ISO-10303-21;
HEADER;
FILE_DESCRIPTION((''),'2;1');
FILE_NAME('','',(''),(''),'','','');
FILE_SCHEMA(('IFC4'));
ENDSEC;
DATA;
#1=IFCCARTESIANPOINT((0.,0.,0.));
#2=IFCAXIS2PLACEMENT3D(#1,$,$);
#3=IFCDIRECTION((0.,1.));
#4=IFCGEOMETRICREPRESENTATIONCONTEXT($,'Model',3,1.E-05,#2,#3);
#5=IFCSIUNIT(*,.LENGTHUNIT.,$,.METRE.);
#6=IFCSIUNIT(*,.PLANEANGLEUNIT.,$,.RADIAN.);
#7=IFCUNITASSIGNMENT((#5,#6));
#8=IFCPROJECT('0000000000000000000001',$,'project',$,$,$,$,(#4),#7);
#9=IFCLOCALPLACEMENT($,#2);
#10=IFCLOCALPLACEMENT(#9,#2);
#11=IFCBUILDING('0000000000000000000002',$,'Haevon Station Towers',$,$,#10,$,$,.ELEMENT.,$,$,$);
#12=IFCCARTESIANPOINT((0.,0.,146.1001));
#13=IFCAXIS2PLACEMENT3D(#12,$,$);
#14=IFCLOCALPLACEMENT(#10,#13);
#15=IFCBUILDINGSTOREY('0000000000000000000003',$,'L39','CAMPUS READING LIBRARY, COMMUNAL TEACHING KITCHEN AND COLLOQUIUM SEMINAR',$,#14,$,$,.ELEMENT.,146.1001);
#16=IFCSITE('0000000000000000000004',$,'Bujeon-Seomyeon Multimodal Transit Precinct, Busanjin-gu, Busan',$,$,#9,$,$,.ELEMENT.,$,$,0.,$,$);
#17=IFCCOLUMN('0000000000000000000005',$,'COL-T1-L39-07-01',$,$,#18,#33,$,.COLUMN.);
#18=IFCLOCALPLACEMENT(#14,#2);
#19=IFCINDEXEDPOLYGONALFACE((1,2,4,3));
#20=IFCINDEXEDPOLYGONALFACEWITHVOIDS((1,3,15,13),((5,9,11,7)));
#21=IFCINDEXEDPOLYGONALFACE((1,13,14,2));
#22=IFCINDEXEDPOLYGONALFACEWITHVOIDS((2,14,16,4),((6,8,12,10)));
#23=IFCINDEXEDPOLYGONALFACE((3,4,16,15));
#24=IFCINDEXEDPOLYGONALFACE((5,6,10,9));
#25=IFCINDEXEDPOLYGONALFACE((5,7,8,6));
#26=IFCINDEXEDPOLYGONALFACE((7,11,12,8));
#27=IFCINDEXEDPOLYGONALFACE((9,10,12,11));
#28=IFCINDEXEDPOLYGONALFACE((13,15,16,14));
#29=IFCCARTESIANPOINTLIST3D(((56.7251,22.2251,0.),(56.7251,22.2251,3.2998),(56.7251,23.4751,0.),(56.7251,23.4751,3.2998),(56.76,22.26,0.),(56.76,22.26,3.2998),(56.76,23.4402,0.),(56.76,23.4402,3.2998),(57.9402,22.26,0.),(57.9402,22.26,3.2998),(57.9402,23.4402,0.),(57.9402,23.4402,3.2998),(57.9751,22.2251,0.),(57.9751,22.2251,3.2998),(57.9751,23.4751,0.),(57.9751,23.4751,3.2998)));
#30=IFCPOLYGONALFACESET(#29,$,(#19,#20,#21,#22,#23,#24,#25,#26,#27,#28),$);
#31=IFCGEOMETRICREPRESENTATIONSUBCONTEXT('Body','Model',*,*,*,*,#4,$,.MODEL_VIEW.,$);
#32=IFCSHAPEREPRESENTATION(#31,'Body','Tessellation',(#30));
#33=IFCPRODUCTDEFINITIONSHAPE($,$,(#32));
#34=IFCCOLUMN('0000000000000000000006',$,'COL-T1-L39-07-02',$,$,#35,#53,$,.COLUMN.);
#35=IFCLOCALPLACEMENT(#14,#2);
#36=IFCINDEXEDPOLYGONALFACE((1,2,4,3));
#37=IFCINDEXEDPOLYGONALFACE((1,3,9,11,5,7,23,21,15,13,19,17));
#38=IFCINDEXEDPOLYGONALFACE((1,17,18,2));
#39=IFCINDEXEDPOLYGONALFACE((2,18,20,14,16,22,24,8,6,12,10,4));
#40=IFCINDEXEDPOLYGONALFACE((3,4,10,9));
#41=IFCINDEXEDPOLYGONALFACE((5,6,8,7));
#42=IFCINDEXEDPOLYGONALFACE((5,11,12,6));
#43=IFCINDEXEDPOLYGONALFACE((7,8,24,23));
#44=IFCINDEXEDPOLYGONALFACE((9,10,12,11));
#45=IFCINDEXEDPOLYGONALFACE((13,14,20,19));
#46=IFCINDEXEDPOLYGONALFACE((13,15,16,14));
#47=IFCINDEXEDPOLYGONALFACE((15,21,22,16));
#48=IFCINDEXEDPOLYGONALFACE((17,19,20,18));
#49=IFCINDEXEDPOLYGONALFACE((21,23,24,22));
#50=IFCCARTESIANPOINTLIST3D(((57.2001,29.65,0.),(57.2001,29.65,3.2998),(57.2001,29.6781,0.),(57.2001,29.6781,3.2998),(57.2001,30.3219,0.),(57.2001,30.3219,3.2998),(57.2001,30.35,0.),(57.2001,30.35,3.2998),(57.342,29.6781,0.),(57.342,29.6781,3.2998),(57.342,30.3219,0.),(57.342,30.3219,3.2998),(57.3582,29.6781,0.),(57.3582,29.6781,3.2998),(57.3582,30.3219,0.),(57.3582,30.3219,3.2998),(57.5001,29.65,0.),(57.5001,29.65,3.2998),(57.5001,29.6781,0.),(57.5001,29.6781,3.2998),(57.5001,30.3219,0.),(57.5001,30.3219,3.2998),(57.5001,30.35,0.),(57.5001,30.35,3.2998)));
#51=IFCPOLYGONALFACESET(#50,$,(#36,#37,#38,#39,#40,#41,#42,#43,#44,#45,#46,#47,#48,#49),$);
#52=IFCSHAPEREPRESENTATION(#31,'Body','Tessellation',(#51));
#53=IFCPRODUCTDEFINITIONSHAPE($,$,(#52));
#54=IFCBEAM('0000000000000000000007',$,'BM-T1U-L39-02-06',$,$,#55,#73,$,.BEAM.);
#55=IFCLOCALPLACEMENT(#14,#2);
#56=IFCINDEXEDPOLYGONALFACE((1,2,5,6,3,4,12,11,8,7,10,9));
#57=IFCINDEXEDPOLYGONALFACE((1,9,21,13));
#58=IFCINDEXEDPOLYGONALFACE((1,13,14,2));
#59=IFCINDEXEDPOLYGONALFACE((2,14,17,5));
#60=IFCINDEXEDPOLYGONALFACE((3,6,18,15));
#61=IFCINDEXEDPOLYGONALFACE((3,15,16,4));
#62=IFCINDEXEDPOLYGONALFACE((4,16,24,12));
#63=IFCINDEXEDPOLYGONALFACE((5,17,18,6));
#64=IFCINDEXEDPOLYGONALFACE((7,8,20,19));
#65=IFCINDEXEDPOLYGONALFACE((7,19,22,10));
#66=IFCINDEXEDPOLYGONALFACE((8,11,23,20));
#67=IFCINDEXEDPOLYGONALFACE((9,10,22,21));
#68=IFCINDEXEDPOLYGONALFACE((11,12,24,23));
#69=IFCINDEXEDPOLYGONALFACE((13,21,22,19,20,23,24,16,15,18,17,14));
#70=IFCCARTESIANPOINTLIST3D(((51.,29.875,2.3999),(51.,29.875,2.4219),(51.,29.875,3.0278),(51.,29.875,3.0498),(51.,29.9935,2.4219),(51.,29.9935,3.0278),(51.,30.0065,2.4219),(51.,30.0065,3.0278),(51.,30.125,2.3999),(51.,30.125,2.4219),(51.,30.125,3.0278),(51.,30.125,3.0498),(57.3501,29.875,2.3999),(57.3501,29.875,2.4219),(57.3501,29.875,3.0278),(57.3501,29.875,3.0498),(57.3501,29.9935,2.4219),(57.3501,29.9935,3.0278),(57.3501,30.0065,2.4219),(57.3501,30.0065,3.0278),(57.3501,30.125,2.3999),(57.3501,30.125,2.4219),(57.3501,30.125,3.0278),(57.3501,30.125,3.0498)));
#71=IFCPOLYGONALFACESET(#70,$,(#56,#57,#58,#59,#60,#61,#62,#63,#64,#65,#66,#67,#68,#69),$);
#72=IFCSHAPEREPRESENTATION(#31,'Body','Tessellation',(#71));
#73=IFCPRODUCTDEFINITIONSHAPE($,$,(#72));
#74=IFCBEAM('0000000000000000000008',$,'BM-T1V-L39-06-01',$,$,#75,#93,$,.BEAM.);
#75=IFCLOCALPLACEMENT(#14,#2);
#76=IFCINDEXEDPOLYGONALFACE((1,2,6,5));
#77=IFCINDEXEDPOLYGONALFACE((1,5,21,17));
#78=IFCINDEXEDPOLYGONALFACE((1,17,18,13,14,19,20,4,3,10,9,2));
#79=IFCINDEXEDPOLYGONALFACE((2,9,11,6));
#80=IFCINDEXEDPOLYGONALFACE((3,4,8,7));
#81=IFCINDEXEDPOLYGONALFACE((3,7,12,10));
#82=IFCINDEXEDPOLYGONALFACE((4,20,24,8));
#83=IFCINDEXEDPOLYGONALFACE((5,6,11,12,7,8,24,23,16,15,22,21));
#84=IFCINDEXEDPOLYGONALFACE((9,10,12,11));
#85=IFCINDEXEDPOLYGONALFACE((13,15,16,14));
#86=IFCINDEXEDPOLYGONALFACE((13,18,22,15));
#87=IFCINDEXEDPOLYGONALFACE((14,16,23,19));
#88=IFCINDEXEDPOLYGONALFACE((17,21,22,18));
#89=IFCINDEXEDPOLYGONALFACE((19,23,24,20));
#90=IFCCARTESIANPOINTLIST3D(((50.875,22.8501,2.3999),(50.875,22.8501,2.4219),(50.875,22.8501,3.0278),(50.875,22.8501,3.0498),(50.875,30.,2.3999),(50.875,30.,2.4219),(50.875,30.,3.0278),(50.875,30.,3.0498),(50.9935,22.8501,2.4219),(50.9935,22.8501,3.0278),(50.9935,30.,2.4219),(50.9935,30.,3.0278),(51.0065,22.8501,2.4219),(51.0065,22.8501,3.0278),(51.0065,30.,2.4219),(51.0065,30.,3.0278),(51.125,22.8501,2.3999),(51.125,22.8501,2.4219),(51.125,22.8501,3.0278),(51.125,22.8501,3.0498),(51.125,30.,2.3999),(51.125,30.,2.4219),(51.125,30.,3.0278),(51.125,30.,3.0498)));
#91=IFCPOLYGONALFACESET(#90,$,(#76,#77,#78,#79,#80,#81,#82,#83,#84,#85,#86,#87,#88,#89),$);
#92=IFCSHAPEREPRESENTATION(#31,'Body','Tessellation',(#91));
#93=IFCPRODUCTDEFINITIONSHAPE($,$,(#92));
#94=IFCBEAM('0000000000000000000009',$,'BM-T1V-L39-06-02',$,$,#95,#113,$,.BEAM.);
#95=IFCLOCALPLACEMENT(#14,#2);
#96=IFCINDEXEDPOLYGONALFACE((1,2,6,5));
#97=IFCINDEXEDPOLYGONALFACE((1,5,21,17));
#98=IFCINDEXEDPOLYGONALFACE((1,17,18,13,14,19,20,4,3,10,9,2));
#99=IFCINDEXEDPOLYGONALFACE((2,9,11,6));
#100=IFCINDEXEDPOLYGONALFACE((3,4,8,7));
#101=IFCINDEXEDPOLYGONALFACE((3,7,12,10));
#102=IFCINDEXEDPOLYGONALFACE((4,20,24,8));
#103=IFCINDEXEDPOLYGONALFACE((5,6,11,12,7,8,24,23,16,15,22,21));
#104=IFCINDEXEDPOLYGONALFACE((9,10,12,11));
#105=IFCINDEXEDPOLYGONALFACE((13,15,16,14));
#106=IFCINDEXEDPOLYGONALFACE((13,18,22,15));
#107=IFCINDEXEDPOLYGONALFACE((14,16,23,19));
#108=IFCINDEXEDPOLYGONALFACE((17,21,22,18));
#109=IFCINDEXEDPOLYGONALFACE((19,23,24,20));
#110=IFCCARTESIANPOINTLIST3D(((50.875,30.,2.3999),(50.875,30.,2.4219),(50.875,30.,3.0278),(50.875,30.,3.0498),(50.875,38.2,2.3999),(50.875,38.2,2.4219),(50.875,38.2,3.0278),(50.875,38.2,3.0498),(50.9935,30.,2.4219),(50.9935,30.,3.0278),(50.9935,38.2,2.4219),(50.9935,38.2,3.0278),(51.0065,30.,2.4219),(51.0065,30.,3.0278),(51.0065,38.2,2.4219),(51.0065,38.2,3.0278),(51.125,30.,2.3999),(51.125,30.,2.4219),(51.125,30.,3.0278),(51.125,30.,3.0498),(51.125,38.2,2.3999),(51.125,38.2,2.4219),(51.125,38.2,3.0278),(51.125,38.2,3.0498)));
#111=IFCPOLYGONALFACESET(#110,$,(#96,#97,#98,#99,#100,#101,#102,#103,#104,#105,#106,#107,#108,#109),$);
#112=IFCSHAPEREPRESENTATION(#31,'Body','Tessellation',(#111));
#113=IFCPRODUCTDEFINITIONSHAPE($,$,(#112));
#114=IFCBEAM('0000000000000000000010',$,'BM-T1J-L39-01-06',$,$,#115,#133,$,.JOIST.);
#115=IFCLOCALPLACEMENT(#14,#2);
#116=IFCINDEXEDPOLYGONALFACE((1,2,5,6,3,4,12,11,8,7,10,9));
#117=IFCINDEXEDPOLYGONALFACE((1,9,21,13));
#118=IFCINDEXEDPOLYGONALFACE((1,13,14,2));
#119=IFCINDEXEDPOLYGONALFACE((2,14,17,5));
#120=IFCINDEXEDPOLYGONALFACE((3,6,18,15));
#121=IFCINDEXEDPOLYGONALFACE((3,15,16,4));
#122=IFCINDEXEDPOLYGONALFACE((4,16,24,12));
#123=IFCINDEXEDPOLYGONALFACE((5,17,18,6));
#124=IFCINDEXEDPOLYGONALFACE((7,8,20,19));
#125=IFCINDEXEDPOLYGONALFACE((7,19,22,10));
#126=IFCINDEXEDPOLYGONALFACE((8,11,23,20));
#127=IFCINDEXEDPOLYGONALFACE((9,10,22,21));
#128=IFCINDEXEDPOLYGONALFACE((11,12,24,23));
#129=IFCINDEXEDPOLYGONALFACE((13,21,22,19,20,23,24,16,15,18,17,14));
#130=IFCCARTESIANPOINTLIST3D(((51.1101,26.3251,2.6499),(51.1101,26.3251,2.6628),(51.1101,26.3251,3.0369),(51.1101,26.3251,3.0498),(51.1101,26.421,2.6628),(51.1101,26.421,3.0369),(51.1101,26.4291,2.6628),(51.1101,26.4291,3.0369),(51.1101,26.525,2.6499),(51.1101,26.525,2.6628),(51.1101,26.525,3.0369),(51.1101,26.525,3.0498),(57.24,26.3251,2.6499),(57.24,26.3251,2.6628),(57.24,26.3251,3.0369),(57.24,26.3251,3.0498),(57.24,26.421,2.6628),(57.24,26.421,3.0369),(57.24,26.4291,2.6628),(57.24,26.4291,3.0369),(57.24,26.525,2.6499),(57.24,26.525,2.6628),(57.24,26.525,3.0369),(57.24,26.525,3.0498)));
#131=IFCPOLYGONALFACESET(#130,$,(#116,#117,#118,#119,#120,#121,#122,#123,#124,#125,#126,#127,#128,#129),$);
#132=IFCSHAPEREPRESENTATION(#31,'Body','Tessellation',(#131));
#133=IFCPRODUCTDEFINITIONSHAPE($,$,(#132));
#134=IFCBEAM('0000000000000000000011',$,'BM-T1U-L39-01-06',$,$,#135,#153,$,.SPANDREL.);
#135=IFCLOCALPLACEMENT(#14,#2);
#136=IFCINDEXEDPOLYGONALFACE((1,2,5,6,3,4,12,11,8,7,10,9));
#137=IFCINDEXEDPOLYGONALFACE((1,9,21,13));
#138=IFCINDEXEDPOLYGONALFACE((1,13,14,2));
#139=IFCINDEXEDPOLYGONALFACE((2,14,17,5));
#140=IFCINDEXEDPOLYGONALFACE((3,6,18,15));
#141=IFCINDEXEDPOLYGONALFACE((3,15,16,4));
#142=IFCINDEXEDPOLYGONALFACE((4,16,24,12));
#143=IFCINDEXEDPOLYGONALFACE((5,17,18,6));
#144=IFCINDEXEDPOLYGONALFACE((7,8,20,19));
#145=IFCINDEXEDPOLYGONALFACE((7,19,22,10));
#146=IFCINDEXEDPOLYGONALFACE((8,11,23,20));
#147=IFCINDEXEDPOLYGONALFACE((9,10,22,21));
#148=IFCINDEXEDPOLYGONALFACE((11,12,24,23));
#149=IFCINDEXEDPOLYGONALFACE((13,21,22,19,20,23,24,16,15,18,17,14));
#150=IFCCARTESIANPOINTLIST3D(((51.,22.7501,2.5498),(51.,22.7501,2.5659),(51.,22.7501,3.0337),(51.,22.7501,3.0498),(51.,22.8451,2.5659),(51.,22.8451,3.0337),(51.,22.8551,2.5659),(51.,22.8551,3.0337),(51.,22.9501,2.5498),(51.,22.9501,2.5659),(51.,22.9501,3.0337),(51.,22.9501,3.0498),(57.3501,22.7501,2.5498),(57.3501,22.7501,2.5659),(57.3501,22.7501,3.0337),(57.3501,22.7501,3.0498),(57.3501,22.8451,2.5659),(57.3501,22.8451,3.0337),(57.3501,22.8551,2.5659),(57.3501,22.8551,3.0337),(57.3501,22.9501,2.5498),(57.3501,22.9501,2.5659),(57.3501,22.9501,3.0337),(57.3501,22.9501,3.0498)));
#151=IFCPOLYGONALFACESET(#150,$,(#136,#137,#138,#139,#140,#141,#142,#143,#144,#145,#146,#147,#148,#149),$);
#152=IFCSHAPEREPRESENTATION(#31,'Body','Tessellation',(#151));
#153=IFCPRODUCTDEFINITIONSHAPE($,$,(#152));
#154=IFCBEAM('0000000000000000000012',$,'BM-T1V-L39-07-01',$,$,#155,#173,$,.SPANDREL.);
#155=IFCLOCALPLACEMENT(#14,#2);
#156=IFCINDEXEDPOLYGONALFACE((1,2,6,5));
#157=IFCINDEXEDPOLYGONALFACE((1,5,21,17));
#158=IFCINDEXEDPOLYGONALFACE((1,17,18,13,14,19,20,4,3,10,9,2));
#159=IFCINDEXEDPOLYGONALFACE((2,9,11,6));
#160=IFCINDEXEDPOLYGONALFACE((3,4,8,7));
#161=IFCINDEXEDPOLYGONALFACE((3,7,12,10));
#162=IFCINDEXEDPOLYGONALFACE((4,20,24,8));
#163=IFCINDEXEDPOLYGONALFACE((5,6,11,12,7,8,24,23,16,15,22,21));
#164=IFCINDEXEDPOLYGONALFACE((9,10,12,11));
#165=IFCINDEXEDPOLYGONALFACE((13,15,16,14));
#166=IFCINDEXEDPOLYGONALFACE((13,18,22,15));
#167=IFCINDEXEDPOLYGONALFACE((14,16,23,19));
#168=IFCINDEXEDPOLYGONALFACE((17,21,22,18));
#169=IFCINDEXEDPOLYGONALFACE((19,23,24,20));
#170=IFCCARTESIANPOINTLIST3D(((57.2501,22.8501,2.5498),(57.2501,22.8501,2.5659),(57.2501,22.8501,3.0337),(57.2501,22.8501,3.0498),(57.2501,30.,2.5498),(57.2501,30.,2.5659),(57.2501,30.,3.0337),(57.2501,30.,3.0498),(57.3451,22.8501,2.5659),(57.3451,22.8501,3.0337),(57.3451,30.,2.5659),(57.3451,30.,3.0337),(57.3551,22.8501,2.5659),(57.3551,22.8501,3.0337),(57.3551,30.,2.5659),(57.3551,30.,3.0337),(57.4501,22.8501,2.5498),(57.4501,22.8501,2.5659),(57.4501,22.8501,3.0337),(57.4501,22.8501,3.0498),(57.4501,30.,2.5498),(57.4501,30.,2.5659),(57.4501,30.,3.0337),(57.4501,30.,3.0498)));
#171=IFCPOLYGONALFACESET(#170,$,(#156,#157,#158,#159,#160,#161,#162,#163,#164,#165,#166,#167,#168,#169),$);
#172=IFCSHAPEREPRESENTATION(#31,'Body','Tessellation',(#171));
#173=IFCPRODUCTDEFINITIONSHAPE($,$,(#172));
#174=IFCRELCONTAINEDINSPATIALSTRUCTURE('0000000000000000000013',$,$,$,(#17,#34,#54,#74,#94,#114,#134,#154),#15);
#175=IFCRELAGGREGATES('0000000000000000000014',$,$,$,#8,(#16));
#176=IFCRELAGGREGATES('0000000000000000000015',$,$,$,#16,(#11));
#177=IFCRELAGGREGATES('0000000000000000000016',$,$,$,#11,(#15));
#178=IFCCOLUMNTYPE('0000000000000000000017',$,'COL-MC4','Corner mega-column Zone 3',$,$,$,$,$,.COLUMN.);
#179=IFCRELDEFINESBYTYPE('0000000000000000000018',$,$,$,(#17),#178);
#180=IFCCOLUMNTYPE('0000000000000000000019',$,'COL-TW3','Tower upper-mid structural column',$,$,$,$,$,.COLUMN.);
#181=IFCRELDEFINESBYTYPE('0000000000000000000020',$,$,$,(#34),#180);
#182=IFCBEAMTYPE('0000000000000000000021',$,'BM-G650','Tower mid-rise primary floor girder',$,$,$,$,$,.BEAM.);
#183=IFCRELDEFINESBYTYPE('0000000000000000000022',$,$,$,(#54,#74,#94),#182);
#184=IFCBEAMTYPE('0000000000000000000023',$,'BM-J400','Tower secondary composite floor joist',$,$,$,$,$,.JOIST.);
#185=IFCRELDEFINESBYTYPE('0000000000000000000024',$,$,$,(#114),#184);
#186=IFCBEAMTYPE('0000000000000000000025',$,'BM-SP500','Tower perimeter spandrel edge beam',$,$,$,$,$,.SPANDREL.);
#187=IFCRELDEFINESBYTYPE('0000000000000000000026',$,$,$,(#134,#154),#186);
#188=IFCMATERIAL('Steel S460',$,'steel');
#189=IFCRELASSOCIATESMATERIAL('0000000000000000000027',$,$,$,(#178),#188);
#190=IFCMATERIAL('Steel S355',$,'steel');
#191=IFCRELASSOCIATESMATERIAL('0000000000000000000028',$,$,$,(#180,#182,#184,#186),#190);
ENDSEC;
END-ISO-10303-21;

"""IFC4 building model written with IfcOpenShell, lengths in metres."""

from ifc_helpers import new_model, si_unit, direction, frame, origin, origin_2d, place, context, subcontext, project, spatial, hollow_rectangle, i_section, extrude, material, material_profile, profile_set, type_object, element, save


model = new_model("IFC4")

# Units and contexts
model_context = context("Model", 3, precision=1e-05, world=origin(), true_north=direction((0.0, 1.0)))
body_context = subcontext(model_context, "Body", "Model", "MODEL_VIEW")
ifc_project = project(units=[si_unit("LENGTHUNIT", "METRE"), si_unit("PLANEANGLEUNIT", "RADIAN")], contexts=[model_context])

# Site, building, storey
site_placement = place(None, origin())
site = spatial("IfcSite", under=ifc_project, at=site_placement, Name="Bujeon-Seomyeon Multimodal Transit Precinct, Busanjin-gu, Busan", CompositionType="ELEMENT", RefElevation=0.0)
building_placement = place(site_placement, origin())
building = spatial("IfcBuilding", under=site, at=building_placement, Name="Haevon Station Towers", CompositionType="ELEMENT")
storey_placement = place(building_placement, frame((0.0, 0.0, 146.1001)))
storey = spatial("IfcBuildingStorey", under=building, at=storey_placement, Name="L39", Description="CAMPUS READING LIBRARY, COMMUNAL TEACHING KITCHEN AND COLLOQUIUM SEMINAR", CompositionType="ELEMENT", Elevation=146.1001)

# Columns
ifc_material_1 = material(Name="Steel S460", Category="steel")
ifc_material_profile_1 = material_profile(ifc_material_1, hollow_rectangle(XDim=1.25, YDim=1.25, WallThickness=0.0349, at=origin_2d()), Name="BOX-1250x1250x35")
ifc_profile_set_1 = profile_set([ifc_material_profile_1], Name="Steel S460")
column_type_1 = type_object("IfcColumnType", Name="COL-MC4", Description="Corner mega-column Zone 3", PredefinedType="COLUMN", material=ifc_profile_set_1)
column_1_placement = place(storey_placement, frame((57.3501, 22.8501, 0.0), z_axis=(0.0, 0.0, 1.0), x_axis=(1.0, 0.0, 0.0)))
element("IfcColumn", 1, at=column_1_placement, inside=storey, type_object=column_type_1, Name="COL-T1-L39-07-01", PredefinedType="COLUMN", context=body_context, shape_type="SweptSolid", body=[
    extrude(hollow_rectangle(XDim=1.25, YDim=1.25, WallThickness=0.0349, at=origin_2d()), origin(), (0.0, 0.0, 1.0), 3.2998),
])
ifc_material_2 = material(Name="Steel S355", Category="steel")
ifc_material_profile_2 = material_profile(ifc_material_2, i_section(OverallWidth=0.3, OverallDepth=0.7, WebThickness=0.0161, FlangeThickness=0.0281, at=origin_2d()), Name="H-700x300x16x28")
ifc_profile_set_2 = profile_set([ifc_material_profile_2], Name="Steel S355")
column_type_2 = type_object("IfcColumnType", Name="COL-TW3", Description="Tower upper-mid structural column", PredefinedType="COLUMN", material=ifc_profile_set_2)
column_2_placement = place(storey_placement, frame((57.3501, 30.0, 0.0), z_axis=(0.0, 0.0, 1.0), x_axis=(1.0, 0.0, 0.0)))
element("IfcColumn", 2, at=column_2_placement, inside=storey, type_object=column_type_2, Name="COL-T1-L39-07-02", PredefinedType="COLUMN", context=body_context, shape_type="SweptSolid", body=[
    extrude(i_section(OverallWidth=0.3, OverallDepth=0.7, WebThickness=0.0161, FlangeThickness=0.0281, at=origin_2d()), origin(), (0.0, 0.0, 1.0), 3.2998),
])

# Beams
ifc_material_profile_3 = material_profile(ifc_material_2, i_section(OverallWidth=0.25, OverallDepth=0.6499, WebThickness=0.0129, FlangeThickness=0.022, at=origin_2d()), Name="H-650x250x13x22")
ifc_profile_set_3 = profile_set([ifc_material_profile_3], Name="Steel S355")
beam_type_1 = type_object("IfcBeamType", Name="BM-G650", Description="Tower mid-rise primary floor girder", PredefinedType="BEAM", material=ifc_profile_set_3)
beam_1_placement = place(storey_placement, frame((51.0, 30.0, 2.7249), z_axis=(1.0, 0.0, 0.0), x_axis=(0.0, 1.0, 0.0)))
element("IfcBeam", 3, at=beam_1_placement, inside=storey, type_object=beam_type_1, Name="BM-T1U-L39-02-06", PredefinedType="BEAM", context=body_context, shape_type="SweptSolid", body=[
    extrude(i_section(OverallWidth=0.25, OverallDepth=0.6499, WebThickness=0.0129, FlangeThickness=0.022, at=origin_2d()), origin(), (0.0, 0.0, 1.0), 6.3501),
])
beam_2_placement = place(storey_placement, frame((51.0, 22.8501, 2.7249), z_axis=(0.0, 1.0, 0.0), x_axis=(-1.0, 0.0, 0.0)))
element("IfcBeam", 4, at=beam_2_placement, inside=storey, type_object=beam_type_1, Name="BM-T1V-L39-06-01", PredefinedType="BEAM", context=body_context, shape_type="SweptSolid", body=[
    extrude(i_section(OverallWidth=0.25, OverallDepth=0.6499, WebThickness=0.0129, FlangeThickness=0.022, at=origin_2d()), origin(), (0.0, 0.0, 1.0), 7.1499),
])
beam_3_placement = place(storey_placement, frame((51.0, 30.0, 2.7249), z_axis=(0.0, 1.0, 0.0), x_axis=(-1.0, 0.0, 0.0)))
element("IfcBeam", 5, at=beam_3_placement, inside=storey, type_object=beam_type_1, Name="BM-T1V-L39-06-02", PredefinedType="BEAM", context=body_context, shape_type="SweptSolid", body=[
    extrude(i_section(OverallWidth=0.25, OverallDepth=0.6499, WebThickness=0.0129, FlangeThickness=0.022, at=origin_2d()), origin(), (0.0, 0.0, 1.0), 8.2),
])
ifc_material_profile_4 = material_profile(ifc_material_2, i_section(OverallWidth=0.2, OverallDepth=0.3999, WebThickness=0.0081, FlangeThickness=0.0129, at=origin_2d()), Name="H-400x200x8x13")
ifc_profile_set_4 = profile_set([ifc_material_profile_4], Name="Steel S355")
beam_type_2 = type_object("IfcBeamType", Name="BM-J400", Description="Tower secondary composite floor joist", PredefinedType="JOIST", material=ifc_profile_set_4)
beam_4_placement = place(storey_placement, frame((51.1101, 26.425, 2.8499), z_axis=(1.0, 0.0, 0.0), x_axis=(0.0, 1.0, 0.0)))
element("IfcBeam", 6, at=beam_4_placement, inside=storey, type_object=beam_type_2, Name="BM-T1J-L39-01-06", PredefinedType="JOIST", context=body_context, shape_type="SweptSolid", body=[
    extrude(i_section(OverallWidth=0.2, OverallDepth=0.3999, WebThickness=0.0081, FlangeThickness=0.0129, at=origin_2d()), origin(), (0.0, 0.0, 1.0), 6.1299),
])
ifc_material_profile_5 = material_profile(ifc_material_2, i_section(OverallWidth=0.2, OverallDepth=0.5, WebThickness=0.01, FlangeThickness=0.0161, at=origin_2d()), Name="H-500x200x10x16")
ifc_profile_set_5 = profile_set([ifc_material_profile_5], Name="Steel S355")
beam_type_3 = type_object("IfcBeamType", Name="BM-SP500", Description="Tower perimeter spandrel edge beam", PredefinedType="SPANDREL", material=ifc_profile_set_5)
beam_5_placement = place(storey_placement, frame((51.0, 22.8501, 2.7998), z_axis=(1.0, 0.0, 0.0), x_axis=(0.0, 1.0, 0.0)))
element("IfcBeam", 7, at=beam_5_placement, inside=storey, type_object=beam_type_3, Name="BM-T1U-L39-01-06", PredefinedType="SPANDREL", context=body_context, shape_type="SweptSolid", body=[
    extrude(i_section(OverallWidth=0.2, OverallDepth=0.5, WebThickness=0.01, FlangeThickness=0.0161, at=origin_2d()), origin(), (0.0, 0.0, 1.0), 6.3501),
])
beam_6_placement = place(storey_placement, frame((57.3501, 22.8501, 2.7998), z_axis=(0.0, 1.0, 0.0), x_axis=(-1.0, 0.0, 0.0)))
element("IfcBeam", 8, at=beam_6_placement, inside=storey, type_object=beam_type_3, Name="BM-T1V-L39-07-01", PredefinedType="SPANDREL", context=body_context, shape_type="SweptSolid", body=[
    extrude(i_section(OverallWidth=0.2, OverallDepth=0.5, WebThickness=0.01, FlangeThickness=0.0161, at=origin_2d()), origin(), (0.0, 0.0, 1.0), 7.1499),
])

save(model, "model.ifc")
